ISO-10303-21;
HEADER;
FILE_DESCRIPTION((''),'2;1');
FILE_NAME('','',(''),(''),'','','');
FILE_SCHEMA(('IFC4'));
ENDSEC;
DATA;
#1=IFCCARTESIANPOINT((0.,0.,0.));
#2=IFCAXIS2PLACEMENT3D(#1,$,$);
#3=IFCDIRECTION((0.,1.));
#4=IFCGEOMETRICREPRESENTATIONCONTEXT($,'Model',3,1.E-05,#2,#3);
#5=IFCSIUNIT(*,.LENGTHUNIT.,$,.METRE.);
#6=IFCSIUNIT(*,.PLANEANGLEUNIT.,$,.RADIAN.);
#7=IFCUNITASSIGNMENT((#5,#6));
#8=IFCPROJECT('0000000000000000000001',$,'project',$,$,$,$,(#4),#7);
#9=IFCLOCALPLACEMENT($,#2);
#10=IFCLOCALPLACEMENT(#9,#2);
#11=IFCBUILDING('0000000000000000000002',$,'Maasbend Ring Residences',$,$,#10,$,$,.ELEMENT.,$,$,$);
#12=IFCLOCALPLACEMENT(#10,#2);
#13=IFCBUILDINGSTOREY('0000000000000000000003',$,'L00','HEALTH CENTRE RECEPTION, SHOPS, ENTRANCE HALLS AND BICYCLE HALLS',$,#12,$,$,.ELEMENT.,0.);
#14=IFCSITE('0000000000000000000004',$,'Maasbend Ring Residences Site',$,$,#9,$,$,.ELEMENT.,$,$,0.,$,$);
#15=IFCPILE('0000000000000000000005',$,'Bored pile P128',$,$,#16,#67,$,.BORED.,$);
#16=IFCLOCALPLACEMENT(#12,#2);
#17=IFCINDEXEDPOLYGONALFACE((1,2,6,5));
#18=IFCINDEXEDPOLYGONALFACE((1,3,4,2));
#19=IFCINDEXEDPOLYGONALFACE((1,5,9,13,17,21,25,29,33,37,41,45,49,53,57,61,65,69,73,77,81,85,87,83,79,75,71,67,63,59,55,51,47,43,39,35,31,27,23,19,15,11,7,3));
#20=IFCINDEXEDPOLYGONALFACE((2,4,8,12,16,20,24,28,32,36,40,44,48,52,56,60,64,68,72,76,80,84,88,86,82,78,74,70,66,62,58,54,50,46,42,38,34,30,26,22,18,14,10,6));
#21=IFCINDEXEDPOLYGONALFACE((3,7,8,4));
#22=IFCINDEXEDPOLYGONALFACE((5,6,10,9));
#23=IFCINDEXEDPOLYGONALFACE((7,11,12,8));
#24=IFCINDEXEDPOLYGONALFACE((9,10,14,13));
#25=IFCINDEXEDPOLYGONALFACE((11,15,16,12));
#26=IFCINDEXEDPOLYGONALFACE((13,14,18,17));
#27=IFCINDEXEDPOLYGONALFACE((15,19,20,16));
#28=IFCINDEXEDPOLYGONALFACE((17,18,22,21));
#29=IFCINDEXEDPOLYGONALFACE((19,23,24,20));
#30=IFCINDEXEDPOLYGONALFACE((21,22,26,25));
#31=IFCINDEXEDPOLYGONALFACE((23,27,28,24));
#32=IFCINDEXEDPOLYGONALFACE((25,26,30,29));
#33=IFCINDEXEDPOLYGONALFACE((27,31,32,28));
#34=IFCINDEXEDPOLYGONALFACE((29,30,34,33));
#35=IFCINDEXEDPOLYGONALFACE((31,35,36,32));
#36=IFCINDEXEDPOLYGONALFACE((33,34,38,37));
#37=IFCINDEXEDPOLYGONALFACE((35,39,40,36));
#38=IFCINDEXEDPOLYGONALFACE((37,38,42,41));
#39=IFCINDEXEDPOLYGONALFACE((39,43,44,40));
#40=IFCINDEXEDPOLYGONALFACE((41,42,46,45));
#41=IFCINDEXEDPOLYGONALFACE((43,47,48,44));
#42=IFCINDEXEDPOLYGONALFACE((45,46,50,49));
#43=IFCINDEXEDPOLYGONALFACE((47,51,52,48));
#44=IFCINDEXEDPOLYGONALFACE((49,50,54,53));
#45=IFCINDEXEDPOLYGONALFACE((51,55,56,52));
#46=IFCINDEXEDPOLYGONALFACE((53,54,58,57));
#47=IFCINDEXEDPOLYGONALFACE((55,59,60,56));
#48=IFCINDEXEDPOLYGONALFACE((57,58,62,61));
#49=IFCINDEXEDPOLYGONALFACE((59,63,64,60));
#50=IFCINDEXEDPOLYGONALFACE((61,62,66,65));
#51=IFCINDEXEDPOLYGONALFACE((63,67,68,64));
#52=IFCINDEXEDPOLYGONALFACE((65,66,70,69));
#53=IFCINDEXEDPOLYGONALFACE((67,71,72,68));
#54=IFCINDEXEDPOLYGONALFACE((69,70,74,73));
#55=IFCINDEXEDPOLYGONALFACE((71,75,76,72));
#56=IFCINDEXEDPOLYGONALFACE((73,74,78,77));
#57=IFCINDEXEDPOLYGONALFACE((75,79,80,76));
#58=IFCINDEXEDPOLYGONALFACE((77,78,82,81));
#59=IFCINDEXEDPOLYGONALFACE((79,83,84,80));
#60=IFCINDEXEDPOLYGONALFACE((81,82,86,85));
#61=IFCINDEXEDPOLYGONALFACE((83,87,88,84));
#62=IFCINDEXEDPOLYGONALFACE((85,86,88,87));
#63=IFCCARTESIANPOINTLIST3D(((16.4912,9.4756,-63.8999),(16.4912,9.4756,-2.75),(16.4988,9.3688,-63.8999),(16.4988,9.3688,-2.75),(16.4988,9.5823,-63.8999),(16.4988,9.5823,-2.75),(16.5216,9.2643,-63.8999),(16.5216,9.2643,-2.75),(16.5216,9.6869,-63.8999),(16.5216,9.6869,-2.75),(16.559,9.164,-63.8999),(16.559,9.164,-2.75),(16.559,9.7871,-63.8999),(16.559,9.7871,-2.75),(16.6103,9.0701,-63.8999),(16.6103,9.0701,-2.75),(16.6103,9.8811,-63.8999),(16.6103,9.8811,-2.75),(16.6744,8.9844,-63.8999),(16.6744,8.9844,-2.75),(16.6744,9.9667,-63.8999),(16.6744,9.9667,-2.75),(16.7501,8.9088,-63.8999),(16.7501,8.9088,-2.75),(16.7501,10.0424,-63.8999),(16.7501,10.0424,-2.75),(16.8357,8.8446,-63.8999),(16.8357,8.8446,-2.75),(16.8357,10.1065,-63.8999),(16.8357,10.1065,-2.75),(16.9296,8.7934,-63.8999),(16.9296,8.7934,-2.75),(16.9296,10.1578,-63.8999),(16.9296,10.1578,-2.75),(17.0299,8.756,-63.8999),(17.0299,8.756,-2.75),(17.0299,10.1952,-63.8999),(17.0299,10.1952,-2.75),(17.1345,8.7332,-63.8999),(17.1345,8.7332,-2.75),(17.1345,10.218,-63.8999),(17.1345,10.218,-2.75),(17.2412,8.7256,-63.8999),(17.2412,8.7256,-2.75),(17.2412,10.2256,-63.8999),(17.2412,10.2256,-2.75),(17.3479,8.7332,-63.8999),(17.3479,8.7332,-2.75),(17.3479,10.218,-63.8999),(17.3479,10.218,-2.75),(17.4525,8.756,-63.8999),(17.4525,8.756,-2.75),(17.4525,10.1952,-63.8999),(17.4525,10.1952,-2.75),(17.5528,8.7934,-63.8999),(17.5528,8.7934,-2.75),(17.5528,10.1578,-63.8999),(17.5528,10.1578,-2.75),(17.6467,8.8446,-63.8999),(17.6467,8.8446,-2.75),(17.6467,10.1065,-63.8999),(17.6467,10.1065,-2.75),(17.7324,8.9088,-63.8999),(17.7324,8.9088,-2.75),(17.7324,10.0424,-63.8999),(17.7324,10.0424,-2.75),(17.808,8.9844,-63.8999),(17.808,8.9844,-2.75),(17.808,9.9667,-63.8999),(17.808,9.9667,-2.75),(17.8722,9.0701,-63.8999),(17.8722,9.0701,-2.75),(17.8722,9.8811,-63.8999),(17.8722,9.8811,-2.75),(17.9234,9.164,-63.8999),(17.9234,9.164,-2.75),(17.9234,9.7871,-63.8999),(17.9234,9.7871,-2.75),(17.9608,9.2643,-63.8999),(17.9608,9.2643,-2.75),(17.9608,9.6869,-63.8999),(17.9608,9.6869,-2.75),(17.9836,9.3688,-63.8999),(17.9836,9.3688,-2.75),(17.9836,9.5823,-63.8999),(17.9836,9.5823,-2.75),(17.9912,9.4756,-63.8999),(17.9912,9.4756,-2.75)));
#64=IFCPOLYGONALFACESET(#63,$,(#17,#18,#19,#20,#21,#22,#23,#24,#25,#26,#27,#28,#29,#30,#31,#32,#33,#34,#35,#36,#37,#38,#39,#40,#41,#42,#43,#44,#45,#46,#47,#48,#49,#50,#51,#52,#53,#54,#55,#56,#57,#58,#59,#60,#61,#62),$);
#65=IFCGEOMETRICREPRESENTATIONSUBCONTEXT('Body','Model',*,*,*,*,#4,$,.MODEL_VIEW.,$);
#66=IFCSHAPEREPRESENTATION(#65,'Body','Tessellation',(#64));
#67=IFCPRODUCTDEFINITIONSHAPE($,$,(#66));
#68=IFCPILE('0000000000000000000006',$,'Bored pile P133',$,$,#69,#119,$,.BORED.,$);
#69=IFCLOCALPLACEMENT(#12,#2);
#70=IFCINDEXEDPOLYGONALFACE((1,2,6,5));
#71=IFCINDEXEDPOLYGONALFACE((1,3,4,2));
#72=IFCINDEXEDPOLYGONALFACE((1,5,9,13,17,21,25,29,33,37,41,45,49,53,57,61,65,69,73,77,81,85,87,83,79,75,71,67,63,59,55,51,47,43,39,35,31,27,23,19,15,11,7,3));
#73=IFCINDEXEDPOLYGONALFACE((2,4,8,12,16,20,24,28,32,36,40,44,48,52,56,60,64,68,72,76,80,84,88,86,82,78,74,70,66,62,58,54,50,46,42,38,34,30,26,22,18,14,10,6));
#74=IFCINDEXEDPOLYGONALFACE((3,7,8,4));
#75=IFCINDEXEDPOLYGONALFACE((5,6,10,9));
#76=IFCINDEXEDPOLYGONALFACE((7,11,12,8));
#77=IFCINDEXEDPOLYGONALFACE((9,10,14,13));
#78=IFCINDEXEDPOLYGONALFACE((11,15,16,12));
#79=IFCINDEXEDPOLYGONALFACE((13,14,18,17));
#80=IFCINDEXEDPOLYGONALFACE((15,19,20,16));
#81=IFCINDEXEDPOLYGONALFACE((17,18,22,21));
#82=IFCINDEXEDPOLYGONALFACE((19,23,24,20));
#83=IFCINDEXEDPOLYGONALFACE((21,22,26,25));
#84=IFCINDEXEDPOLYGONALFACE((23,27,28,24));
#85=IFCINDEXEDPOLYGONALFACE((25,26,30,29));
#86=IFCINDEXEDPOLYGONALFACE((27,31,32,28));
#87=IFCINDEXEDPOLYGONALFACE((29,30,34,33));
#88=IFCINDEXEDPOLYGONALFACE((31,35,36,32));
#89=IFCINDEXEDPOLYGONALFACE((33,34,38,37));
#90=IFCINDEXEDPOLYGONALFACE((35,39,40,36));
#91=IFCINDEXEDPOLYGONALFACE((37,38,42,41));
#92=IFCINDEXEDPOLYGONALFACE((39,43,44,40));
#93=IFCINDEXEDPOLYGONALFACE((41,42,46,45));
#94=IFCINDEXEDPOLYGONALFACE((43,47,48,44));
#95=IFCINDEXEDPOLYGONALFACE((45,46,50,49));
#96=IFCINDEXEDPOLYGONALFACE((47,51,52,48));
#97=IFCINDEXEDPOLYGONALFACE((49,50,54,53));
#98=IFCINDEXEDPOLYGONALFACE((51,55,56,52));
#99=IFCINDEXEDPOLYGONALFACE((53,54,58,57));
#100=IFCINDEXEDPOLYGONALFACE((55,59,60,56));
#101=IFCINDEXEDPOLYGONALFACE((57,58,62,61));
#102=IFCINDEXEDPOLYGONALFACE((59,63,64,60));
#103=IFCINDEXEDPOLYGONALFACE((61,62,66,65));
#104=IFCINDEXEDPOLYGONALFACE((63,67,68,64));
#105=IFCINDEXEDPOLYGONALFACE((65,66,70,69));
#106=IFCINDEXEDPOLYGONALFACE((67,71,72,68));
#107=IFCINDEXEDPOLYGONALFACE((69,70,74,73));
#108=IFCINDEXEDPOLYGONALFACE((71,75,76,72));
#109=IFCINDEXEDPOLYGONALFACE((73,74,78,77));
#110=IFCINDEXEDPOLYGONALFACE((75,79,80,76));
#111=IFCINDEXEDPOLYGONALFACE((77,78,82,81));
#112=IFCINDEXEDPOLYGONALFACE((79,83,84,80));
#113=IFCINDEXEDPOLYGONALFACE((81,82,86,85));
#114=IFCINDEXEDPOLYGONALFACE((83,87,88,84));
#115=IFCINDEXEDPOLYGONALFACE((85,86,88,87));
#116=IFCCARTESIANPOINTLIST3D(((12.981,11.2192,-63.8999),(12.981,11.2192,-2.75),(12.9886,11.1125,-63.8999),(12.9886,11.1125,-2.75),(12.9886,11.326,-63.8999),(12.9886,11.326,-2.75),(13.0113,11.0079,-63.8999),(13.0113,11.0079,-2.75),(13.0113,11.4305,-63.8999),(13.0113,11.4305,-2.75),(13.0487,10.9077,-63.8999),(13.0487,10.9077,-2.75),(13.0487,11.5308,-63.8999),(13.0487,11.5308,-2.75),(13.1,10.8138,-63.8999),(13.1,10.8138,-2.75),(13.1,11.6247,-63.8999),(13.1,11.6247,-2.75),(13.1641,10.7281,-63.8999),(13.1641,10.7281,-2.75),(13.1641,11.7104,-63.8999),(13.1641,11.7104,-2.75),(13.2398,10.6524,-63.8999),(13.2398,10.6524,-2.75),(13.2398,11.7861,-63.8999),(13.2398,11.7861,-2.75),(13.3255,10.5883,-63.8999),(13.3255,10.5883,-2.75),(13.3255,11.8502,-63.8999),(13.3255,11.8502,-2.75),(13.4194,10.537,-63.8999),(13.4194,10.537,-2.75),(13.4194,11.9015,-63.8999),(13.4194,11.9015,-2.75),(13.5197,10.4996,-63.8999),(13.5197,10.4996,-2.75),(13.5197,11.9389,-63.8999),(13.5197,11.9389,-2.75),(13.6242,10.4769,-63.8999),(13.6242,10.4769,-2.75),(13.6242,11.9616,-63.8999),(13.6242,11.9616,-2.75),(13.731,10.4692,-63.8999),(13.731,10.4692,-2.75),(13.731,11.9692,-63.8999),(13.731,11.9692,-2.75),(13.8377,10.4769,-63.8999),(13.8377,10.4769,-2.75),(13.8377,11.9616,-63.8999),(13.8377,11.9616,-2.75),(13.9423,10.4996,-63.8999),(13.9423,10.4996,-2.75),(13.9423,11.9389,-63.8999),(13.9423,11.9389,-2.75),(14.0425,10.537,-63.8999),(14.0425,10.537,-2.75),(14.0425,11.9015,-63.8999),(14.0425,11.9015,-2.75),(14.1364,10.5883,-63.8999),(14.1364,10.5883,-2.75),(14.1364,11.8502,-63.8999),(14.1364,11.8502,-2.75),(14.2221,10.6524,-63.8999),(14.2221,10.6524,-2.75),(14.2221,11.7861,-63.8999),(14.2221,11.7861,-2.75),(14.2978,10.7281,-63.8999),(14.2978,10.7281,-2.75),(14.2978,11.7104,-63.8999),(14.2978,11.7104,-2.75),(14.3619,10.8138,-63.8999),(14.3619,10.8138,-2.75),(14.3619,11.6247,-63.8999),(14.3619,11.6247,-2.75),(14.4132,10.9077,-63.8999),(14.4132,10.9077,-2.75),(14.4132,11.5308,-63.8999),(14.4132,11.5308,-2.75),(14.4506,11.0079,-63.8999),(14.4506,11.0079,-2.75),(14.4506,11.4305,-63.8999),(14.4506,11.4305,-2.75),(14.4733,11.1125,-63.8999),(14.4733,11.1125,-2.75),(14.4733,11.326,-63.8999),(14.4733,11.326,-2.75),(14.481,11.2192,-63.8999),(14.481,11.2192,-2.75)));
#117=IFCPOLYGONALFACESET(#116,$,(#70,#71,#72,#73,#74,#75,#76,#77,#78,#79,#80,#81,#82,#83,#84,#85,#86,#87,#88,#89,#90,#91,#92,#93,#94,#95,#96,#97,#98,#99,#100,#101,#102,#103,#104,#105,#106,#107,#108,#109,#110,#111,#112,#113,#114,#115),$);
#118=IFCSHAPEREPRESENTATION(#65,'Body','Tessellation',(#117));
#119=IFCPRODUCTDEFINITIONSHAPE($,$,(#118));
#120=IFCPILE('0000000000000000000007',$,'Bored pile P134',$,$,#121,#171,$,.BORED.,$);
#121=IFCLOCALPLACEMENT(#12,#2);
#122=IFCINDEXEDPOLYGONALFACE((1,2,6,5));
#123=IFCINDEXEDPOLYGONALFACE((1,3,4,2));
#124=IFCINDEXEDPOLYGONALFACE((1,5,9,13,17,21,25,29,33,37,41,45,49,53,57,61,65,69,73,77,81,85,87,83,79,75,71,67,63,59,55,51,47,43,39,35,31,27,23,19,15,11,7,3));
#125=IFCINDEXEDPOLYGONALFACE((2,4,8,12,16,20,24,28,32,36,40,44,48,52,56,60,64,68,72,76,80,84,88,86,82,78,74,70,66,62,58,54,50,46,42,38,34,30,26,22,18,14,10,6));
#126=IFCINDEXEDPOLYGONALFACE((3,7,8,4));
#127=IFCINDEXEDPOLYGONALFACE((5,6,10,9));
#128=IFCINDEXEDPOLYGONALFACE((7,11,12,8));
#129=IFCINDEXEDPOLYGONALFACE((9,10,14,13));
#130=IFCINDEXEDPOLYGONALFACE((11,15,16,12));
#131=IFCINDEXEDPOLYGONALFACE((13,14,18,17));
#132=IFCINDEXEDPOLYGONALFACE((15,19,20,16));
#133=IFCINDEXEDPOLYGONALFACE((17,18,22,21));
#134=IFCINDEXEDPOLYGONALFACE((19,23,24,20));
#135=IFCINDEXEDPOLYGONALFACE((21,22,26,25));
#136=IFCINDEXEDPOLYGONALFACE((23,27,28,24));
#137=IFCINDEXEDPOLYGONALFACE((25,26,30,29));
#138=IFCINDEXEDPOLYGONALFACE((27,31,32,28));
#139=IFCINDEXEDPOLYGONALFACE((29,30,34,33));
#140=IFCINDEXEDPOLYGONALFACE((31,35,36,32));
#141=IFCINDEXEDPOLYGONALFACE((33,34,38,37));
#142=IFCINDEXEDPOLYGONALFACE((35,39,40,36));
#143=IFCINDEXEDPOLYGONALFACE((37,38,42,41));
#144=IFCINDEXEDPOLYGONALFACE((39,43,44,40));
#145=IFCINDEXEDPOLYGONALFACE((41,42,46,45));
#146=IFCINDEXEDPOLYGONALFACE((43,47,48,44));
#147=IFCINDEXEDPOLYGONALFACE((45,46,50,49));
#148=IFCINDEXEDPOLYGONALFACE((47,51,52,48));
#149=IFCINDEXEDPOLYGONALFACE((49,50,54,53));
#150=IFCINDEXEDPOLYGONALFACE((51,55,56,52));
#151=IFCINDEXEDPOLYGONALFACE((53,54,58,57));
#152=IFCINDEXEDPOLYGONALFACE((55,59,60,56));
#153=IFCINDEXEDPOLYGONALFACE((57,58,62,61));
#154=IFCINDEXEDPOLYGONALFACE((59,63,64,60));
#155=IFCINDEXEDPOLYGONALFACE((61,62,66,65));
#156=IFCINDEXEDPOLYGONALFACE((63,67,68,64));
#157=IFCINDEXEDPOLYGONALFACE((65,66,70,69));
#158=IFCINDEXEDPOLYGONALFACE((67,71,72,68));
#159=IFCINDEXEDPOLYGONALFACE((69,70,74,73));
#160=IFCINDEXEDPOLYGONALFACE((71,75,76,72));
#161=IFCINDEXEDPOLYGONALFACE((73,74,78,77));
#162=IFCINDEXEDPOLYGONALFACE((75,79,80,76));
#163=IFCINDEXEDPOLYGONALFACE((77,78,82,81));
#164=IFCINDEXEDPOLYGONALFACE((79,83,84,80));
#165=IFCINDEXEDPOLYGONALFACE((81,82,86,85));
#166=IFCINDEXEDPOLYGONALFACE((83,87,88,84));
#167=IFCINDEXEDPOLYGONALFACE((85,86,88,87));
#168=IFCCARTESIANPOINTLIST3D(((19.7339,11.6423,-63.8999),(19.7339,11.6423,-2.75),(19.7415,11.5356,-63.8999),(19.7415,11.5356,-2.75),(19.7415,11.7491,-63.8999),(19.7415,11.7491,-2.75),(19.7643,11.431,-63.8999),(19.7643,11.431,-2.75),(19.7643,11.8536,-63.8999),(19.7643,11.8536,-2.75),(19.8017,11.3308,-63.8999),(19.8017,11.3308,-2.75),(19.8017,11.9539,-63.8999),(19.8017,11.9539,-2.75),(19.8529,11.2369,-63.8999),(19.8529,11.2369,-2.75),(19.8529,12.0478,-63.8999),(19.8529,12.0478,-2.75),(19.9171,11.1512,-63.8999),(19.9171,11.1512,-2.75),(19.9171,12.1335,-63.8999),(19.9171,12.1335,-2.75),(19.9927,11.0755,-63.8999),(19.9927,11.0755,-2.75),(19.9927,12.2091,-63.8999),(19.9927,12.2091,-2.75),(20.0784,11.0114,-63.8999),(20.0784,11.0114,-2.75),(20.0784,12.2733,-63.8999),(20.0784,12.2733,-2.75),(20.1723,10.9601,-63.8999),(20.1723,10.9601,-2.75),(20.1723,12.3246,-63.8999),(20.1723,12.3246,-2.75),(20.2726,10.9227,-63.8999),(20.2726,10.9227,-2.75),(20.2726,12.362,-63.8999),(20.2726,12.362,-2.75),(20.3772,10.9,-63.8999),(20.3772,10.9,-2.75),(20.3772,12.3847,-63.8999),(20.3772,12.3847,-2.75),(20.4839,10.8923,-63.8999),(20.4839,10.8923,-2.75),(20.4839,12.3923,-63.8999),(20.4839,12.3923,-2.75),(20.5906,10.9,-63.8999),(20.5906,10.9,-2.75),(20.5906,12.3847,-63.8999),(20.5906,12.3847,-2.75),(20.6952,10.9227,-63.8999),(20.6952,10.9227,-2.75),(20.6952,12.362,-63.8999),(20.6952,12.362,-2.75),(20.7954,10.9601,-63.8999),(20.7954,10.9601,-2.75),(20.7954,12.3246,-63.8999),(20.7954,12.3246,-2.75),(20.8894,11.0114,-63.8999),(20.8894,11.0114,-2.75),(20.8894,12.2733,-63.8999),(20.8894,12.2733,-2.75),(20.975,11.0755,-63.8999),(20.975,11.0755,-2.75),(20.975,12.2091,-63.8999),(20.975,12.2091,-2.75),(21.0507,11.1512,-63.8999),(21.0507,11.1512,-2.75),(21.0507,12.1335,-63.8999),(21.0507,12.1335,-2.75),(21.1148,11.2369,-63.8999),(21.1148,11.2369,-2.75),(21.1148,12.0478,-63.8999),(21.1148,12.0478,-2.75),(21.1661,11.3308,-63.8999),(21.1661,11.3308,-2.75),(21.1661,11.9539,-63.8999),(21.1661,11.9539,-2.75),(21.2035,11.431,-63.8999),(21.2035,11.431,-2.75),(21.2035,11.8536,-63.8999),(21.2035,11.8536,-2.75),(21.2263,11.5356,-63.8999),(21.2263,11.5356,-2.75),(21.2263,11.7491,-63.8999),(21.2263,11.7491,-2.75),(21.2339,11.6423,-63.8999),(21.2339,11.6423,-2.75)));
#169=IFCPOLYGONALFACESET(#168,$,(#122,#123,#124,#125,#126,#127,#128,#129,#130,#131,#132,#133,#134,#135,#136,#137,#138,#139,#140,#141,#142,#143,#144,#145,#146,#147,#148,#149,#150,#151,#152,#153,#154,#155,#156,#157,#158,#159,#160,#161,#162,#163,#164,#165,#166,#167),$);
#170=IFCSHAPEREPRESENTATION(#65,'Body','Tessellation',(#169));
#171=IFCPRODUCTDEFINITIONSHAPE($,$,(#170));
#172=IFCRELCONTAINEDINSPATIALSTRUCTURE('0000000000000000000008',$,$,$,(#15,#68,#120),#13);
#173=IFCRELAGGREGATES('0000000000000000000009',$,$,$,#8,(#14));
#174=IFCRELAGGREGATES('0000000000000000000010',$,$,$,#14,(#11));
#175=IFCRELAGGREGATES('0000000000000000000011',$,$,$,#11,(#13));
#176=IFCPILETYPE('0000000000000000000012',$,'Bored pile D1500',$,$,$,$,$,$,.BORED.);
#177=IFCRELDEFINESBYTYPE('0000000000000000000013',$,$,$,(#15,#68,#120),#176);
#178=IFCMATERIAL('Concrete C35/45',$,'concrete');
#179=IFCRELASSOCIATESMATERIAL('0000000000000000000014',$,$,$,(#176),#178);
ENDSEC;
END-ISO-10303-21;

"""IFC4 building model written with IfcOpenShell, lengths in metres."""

from ifc_helpers import new_model, si_unit, direction, frame, origin, origin_2d, place, context, subcontext, project, spatial, circle, extrude, material, material_profile, profile_set, type_object, element, save


model = new_model("IFC4")

# Units and contexts
model_context = context("Model", 3, precision=1e-05, world=origin(), true_north=direction((0.0, 1.0)))
body_context = subcontext(model_context, "Body", "Model", "MODEL_VIEW")
ifc_project = project(units=[si_unit("LENGTHUNIT", "METRE"), si_unit("PLANEANGLEUNIT", "RADIAN")], contexts=[model_context])

# Site, building, storey
site_placement = place(None, origin())
site = spatial("IfcSite", under=ifc_project, at=site_placement, Name="Maasbend Ring Residences Site", CompositionType="ELEMENT", RefElevation=0.0)
building_placement = place(site_placement, origin())
building = spatial("IfcBuilding", under=site, at=building_placement, Name="Maasbend Ring Residences", CompositionType="ELEMENT")
storey_placement = place(building_placement, origin())
storey = spatial("IfcBuildingStorey", under=building, at=storey_placement, Name="L00", Description="HEALTH CENTRE RECEPTION, SHOPS, ENTRANCE HALLS AND BICYCLE HALLS", CompositionType="ELEMENT", Elevation=0.0)

# Piles
ifc_material_1 = material(Name="Concrete C35/45", Category="concrete")
ifc_material_profile_1 = material_profile(ifc_material_1, circle(Radius=0.75, at=origin_2d()), Name="Bored pile D1500")
ifc_profile_set_1 = profile_set([ifc_material_profile_1], Name="Concrete C35/45")
pile_type = type_object("IfcPileType", Name="Bored pile D1500", PredefinedType="BORED", material=ifc_profile_set_1)
for number, where, z_axis, x_axis, name in (
    (1, (17.2412, 9.4756, -2.75), (0.0, 0.0, -1.0), (1.0, 0.0, 0.0), "Bored pile P128"),
    (2, (13.731, 11.2192, -2.75), (0.0, 0.0, -1.0), (1.0, 0.0, 0.0), "Bored pile P133"),
    (3, (20.4839, 11.6423, -2.75), (0.0, 0.0, -1.0), (1.0, 0.0, 0.0), "Bored pile P134"),
):
    element("IfcPile", number, at=place(storey_placement, frame(where, z_axis=z_axis, x_axis=x_axis)), inside=storey, type_object=pile_type, Name=name, PredefinedType="BORED", context=body_context, shape_type="SweptSolid", body=[
        extrude(circle(Radius=0.75, at=origin_2d()), origin(), (0.0, 0.0, 1.0), 61.1499),
    ])

save(model, "model.ifc")
